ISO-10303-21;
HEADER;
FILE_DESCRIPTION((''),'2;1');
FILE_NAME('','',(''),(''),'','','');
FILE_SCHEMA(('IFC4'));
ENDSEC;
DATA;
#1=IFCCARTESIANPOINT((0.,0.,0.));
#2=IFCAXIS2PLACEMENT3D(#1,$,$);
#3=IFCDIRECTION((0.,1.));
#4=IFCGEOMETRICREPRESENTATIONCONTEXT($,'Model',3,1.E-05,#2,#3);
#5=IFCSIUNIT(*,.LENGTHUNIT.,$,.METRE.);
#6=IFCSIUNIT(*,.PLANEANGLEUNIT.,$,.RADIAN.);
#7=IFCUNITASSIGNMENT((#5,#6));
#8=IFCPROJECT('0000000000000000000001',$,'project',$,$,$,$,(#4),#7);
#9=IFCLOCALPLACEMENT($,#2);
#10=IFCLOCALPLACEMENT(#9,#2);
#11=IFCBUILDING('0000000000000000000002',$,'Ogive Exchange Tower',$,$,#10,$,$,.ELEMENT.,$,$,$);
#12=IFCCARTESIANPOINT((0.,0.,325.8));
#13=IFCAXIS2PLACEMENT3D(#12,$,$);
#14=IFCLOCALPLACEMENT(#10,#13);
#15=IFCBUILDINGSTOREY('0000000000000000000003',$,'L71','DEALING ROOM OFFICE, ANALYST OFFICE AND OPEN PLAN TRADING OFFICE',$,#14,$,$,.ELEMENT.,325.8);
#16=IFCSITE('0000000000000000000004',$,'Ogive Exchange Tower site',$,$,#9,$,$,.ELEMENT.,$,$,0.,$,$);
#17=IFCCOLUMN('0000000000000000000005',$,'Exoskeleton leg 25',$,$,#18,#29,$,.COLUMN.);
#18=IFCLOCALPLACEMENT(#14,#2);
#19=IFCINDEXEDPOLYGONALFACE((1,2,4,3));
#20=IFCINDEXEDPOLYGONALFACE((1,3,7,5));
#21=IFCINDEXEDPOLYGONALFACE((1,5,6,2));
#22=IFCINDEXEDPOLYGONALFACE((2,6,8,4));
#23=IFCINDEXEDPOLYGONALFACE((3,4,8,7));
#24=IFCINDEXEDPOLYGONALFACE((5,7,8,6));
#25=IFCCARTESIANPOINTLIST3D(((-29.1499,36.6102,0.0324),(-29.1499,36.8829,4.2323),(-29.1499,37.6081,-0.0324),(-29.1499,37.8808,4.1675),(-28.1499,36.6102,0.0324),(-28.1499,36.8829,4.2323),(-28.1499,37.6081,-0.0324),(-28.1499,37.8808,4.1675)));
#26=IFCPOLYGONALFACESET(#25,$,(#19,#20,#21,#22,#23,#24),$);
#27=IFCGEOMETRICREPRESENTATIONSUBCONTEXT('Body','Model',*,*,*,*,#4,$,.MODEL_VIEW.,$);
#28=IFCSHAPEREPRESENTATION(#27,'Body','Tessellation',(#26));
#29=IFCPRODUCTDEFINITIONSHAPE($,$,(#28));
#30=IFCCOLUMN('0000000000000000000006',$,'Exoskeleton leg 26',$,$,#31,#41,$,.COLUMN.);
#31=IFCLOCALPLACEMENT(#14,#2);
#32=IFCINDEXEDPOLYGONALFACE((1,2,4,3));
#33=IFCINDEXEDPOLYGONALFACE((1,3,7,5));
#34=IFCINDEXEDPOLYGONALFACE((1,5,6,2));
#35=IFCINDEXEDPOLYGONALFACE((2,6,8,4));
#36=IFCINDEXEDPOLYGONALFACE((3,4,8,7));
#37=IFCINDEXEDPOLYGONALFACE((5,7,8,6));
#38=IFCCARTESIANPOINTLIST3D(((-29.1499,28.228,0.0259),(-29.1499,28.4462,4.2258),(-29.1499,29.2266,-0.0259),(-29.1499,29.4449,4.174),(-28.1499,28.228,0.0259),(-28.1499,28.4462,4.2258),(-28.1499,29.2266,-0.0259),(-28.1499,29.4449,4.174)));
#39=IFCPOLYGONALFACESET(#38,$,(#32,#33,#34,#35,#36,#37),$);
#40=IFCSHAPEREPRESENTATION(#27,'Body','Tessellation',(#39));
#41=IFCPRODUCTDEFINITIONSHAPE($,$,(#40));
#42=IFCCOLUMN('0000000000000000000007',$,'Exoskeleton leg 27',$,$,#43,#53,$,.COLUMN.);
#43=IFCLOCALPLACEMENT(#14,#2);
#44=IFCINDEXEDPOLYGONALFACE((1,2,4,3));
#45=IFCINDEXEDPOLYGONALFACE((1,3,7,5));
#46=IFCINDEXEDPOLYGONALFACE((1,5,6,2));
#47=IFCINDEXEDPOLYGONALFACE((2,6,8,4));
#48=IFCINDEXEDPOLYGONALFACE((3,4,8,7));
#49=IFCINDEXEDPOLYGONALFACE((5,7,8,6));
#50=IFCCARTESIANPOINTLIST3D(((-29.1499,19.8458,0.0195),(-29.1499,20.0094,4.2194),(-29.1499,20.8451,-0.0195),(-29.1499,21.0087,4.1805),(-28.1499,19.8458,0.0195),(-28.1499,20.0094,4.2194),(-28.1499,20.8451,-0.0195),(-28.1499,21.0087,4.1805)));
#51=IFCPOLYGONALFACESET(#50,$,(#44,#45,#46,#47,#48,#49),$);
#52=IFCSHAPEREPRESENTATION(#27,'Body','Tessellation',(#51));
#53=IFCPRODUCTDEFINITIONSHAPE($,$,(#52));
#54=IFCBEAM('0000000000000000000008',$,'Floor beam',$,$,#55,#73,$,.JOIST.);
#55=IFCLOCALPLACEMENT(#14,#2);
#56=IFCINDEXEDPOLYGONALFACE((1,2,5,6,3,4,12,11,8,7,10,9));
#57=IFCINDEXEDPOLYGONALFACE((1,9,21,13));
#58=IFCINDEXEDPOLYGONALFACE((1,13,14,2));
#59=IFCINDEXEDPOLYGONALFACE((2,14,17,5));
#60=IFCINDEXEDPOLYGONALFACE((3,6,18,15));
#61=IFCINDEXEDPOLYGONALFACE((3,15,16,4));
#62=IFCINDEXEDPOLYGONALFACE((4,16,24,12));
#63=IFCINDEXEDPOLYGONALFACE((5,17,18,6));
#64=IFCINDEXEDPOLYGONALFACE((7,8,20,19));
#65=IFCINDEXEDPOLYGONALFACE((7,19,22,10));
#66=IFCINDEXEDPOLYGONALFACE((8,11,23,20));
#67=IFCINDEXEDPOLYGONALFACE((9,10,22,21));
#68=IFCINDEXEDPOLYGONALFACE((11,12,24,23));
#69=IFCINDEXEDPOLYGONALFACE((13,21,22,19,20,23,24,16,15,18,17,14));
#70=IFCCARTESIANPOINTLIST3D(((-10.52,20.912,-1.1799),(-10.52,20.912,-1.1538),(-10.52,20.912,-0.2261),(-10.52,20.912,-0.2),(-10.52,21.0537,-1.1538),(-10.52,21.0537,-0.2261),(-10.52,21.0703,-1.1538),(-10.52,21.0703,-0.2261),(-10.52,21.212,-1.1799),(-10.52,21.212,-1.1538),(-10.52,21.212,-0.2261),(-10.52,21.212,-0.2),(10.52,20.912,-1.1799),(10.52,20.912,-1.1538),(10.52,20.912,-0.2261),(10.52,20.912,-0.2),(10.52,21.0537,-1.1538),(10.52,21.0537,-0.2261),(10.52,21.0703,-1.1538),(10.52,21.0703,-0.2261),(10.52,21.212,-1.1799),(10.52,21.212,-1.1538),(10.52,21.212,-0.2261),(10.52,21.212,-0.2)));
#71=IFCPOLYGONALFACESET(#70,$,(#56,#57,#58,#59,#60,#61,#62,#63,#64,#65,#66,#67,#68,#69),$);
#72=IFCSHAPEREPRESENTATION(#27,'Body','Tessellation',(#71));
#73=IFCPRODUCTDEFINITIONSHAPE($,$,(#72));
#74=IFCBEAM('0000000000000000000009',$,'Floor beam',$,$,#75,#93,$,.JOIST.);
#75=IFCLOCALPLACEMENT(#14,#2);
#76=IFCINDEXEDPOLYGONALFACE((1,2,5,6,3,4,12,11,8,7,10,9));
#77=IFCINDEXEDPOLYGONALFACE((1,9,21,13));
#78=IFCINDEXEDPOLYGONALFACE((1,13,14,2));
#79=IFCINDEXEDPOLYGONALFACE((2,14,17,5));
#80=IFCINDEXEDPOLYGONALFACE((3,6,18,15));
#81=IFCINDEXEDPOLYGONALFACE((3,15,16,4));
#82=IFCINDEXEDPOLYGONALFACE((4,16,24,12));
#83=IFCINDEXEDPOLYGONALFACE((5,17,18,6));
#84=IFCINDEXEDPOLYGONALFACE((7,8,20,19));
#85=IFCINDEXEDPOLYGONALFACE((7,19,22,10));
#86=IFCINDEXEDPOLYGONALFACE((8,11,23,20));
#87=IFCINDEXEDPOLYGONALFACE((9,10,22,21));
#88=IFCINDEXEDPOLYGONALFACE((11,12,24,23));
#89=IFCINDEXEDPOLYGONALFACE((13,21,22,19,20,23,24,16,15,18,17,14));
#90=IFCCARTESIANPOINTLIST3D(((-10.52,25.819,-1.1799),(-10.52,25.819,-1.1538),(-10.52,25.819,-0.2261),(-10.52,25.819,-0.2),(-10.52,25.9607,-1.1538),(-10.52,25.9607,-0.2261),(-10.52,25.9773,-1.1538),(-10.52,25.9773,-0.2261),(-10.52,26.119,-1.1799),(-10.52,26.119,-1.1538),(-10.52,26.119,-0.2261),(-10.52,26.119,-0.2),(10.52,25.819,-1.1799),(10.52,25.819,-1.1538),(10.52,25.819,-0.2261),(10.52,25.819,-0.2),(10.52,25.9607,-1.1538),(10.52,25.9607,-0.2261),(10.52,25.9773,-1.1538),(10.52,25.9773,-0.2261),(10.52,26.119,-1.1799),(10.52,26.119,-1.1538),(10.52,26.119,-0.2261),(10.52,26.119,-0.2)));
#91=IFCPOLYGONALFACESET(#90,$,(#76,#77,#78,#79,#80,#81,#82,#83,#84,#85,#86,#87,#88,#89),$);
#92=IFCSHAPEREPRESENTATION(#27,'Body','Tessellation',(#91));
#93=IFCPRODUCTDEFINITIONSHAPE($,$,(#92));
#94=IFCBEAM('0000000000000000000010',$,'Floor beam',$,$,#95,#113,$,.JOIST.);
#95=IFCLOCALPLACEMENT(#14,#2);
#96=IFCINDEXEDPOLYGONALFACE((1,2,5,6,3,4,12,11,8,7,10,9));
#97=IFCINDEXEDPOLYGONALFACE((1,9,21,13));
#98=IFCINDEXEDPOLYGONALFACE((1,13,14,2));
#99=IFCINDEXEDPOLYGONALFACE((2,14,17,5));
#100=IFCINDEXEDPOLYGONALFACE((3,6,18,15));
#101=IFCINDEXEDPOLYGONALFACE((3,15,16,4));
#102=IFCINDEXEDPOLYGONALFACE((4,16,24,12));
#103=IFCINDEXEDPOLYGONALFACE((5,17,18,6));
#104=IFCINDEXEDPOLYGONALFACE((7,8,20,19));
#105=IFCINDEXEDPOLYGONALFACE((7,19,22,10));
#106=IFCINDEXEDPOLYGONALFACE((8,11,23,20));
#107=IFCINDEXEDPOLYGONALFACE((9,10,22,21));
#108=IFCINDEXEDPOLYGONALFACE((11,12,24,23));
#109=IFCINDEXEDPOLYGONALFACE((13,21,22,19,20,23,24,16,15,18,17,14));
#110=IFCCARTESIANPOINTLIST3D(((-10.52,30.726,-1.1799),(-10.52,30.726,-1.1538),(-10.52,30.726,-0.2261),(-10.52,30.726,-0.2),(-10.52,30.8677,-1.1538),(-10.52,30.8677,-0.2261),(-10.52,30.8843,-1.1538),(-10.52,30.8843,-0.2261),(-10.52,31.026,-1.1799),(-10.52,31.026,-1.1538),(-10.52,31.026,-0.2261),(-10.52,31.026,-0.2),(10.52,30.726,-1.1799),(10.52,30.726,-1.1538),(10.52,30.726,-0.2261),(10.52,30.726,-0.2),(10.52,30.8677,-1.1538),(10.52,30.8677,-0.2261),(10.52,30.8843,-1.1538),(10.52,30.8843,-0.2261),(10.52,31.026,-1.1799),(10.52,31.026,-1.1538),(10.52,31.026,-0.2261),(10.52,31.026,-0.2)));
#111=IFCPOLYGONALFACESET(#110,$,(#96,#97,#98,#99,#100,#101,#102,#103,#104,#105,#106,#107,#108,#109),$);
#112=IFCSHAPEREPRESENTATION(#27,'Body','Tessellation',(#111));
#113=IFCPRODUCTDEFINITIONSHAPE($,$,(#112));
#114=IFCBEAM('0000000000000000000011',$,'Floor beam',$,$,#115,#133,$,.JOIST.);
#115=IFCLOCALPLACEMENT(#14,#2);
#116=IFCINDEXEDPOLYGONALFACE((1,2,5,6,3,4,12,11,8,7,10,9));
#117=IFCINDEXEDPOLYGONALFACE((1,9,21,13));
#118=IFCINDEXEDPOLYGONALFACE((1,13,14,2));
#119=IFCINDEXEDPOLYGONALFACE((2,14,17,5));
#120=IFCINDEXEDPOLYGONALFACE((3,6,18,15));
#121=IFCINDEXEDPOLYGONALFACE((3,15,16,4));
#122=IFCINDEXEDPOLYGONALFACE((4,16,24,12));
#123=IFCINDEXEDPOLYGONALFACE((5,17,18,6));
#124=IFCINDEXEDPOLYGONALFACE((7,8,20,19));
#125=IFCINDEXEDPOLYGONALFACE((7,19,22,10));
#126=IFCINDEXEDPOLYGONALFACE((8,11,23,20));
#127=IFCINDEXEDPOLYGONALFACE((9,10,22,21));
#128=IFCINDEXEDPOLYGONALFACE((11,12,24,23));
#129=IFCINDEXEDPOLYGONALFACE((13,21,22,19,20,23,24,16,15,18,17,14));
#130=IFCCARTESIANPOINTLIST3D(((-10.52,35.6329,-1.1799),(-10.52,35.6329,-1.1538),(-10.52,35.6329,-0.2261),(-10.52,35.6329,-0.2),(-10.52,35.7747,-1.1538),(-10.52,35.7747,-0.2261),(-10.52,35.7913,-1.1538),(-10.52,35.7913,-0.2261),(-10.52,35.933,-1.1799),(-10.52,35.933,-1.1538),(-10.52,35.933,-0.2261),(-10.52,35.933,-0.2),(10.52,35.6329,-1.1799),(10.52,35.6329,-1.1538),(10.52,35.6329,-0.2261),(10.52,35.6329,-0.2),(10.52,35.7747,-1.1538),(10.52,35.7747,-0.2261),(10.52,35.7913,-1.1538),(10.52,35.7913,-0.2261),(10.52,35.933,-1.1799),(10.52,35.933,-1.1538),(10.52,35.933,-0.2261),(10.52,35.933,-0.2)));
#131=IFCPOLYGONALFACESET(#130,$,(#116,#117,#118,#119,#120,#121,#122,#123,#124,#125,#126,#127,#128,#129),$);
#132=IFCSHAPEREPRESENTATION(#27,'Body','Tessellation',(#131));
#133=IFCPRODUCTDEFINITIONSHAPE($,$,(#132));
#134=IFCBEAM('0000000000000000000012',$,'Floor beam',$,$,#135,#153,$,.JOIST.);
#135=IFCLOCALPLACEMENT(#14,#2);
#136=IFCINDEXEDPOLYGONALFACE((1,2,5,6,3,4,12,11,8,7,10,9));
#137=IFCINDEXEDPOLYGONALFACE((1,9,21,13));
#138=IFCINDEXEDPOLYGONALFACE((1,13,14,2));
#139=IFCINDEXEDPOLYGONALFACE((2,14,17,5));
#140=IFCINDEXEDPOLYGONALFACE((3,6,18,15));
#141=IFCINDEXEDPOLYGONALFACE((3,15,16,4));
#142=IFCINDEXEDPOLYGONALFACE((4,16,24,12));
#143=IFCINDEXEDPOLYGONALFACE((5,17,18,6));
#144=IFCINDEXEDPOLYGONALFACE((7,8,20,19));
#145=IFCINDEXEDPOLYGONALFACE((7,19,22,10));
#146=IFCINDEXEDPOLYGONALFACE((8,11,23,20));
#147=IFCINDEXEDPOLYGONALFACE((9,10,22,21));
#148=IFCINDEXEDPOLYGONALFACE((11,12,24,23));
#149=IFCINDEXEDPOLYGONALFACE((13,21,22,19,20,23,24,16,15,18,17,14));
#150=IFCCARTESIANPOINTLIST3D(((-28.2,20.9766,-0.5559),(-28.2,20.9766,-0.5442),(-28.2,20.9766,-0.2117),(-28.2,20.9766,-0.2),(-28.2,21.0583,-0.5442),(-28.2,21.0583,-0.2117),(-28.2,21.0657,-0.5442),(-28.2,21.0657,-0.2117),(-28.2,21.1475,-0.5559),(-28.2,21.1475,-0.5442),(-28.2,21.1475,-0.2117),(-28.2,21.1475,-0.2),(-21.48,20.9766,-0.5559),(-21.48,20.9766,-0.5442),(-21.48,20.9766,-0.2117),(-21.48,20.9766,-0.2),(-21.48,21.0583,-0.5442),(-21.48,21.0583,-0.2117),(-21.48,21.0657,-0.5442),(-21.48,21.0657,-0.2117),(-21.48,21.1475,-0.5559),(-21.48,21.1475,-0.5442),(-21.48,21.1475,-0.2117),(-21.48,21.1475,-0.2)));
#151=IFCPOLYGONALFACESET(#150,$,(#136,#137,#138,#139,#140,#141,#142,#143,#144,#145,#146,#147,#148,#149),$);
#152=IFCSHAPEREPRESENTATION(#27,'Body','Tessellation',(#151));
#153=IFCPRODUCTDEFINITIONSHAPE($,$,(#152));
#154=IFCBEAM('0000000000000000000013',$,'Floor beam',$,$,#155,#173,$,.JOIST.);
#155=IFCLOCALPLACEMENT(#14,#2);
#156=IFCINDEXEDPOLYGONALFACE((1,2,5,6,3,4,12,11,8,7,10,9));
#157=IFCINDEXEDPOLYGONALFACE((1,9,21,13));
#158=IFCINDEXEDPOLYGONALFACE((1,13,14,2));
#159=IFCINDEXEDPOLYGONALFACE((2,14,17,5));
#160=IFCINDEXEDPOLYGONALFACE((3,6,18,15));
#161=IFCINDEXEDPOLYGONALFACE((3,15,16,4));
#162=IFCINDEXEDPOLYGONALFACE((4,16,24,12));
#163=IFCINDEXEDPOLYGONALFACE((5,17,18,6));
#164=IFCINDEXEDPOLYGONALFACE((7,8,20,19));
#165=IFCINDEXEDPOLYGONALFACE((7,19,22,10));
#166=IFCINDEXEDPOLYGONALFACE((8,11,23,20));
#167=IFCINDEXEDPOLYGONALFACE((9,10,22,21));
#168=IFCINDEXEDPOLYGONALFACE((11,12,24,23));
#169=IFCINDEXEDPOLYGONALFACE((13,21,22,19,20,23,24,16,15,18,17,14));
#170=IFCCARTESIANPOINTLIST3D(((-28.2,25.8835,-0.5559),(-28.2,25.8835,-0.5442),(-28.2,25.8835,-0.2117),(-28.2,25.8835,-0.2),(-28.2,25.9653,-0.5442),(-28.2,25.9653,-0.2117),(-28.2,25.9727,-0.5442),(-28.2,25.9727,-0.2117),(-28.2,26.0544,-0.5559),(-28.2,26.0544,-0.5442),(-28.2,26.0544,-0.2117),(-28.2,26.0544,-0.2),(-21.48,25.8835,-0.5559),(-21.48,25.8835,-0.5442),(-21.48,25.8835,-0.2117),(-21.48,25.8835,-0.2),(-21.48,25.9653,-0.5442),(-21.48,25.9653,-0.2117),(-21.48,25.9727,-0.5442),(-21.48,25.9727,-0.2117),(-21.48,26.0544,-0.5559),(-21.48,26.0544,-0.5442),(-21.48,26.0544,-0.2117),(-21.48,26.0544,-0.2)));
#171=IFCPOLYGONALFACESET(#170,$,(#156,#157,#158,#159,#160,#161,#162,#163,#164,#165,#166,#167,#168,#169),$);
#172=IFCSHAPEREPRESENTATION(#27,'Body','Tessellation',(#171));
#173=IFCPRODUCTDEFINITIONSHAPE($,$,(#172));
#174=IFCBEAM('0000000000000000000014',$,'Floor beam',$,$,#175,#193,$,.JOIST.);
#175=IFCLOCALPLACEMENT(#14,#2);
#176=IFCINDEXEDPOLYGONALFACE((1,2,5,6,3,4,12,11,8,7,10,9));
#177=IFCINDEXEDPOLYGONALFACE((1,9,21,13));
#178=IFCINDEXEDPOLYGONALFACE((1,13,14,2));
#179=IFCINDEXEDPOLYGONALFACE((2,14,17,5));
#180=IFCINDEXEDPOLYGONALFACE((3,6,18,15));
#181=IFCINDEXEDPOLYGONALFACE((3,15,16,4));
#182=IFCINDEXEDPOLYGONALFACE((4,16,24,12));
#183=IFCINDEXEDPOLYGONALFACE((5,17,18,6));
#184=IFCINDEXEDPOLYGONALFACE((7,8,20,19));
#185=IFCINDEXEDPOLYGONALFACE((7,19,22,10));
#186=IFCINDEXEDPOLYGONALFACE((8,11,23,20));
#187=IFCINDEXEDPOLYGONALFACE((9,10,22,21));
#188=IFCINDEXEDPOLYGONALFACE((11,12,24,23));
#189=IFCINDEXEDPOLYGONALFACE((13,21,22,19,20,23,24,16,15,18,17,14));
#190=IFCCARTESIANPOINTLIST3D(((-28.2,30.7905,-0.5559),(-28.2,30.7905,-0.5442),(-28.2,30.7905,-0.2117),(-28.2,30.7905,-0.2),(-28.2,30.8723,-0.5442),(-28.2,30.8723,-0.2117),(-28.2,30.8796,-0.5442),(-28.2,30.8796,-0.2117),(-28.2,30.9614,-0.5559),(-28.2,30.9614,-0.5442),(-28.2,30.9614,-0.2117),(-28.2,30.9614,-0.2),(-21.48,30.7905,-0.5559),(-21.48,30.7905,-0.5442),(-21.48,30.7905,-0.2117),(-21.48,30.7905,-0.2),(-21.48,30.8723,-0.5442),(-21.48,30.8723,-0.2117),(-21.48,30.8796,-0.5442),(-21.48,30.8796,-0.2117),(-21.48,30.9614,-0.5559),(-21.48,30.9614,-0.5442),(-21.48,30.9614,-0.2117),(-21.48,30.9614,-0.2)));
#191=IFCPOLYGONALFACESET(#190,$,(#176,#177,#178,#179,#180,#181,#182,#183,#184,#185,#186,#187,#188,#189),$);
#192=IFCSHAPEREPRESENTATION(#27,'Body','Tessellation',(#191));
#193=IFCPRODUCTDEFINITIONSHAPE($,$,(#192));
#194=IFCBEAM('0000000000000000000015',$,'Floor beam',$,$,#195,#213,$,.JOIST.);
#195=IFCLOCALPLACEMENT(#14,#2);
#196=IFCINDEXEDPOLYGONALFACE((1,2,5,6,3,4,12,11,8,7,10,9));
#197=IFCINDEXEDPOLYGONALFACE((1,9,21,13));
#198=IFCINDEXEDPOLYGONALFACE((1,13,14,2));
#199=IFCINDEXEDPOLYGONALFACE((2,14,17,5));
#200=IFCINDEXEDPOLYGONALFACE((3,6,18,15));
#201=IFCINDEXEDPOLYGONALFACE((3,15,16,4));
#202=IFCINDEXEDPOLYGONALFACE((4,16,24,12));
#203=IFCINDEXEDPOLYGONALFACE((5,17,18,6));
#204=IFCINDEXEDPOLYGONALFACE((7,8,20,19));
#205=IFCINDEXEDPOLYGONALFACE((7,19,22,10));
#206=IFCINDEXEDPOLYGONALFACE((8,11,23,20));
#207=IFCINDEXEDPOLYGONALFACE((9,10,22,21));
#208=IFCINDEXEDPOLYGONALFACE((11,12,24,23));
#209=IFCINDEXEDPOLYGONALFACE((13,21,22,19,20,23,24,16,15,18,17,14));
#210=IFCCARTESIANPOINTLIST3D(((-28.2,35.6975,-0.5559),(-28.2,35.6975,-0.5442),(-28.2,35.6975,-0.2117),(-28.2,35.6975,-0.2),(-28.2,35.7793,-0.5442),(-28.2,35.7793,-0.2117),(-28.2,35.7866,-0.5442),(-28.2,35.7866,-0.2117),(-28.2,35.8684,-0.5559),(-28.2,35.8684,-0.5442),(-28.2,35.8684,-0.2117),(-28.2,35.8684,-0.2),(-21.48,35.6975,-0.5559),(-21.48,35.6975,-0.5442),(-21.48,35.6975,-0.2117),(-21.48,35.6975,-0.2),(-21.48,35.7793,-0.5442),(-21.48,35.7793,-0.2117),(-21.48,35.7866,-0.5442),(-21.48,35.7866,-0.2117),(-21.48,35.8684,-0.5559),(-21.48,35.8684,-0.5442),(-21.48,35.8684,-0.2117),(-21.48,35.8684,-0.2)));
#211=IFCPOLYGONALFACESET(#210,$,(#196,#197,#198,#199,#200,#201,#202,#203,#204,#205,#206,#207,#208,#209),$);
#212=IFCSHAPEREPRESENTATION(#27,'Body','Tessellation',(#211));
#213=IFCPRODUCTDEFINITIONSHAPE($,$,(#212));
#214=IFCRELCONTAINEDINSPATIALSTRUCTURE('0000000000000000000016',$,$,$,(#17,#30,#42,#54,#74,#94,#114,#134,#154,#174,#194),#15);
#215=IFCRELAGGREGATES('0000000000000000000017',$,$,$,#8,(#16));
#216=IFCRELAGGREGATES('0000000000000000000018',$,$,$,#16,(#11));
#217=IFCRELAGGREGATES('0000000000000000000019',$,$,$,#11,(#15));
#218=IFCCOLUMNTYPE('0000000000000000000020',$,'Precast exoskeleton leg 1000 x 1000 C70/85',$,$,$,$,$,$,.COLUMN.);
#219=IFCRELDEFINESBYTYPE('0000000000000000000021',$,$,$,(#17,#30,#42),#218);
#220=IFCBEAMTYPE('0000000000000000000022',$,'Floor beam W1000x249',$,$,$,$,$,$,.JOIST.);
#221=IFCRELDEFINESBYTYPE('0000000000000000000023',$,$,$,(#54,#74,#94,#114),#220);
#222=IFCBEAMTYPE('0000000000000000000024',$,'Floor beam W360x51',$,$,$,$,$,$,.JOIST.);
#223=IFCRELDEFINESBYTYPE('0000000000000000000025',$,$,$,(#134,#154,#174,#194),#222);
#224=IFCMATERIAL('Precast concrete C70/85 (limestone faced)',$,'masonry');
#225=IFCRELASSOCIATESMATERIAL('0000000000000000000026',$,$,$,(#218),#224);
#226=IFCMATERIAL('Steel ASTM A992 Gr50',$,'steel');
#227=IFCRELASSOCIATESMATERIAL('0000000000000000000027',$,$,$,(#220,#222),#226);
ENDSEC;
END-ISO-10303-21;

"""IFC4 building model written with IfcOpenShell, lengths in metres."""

from ifc_helpers import new_model, si_unit, direction, frame, origin, origin_2d, place, context, subcontext, project, spatial, rectangle, i_section, extrude, material, material_profile, profile_set, type_object, element, save


model = new_model("IFC4")

# Units and contexts
model_context = context("Model", 3, precision=1e-05, world=origin(), true_north=direction((0.0, 1.0)))
body_context = subcontext(model_context, "Body", "Model", "MODEL_VIEW")
ifc_project = project(units=[si_unit("LENGTHUNIT", "METRE"), si_unit("PLANEANGLEUNIT", "RADIAN")], contexts=[model_context])

# Site, building, storey
site_placement = place(None, origin())
site = spatial("IfcSite", under=ifc_project, at=site_placement, Name="Ogive Exchange Tower site", CompositionType="ELEMENT", RefElevation=0.0)
building_placement = place(site_placement, origin())
building = spatial("IfcBuilding", under=site, at=building_placement, Name="Ogive Exchange Tower", CompositionType="ELEMENT")
storey_placement = place(building_placement, frame((0.0, 0.0, 325.8)))
storey = spatial("IfcBuildingStorey", under=building, at=storey_placement, Name="L71", Description="DEALING ROOM OFFICE, ANALYST OFFICE AND OPEN PLAN TRADING OFFICE", CompositionType="ELEMENT", Elevation=325.8)

# Columns
ifc_material_1 = material(Name="Precast concrete C70/85 (limestone faced)", Category="masonry")
ifc_material_profile_1 = material_profile(ifc_material_1, rectangle(XDim=1.0, YDim=1.0, at=origin_2d()), Name="1000 x 1000")
ifc_profile_set_1 = profile_set([ifc_material_profile_1], Name="Precast concrete C70/85 (limestone faced)")
column_type = type_object("IfcColumnType", Name="Precast exoskeleton leg 1000 x 1000 C70/85", PredefinedType="COLUMN", material=ifc_profile_set_1)
column_1_placement = place(storey_placement, frame((-28.6499, 37.1091, 0.0), z_axis=(0.0, 0.064794, 0.997899), x_axis=(-1.0, 0.0, 0.0)))
element("IfcColumn", 1, at=column_1_placement, inside=storey, type_object=column_type, Name="Exoskeleton leg 25", PredefinedType="COLUMN", context=body_context, shape_type="SweptSolid", body=[
    extrude(rectangle(XDim=1.0, YDim=1.0, at=origin_2d()), origin(), (0.0, 0.0, 1.0), 4.2087),
])
column_2_placement = place(storey_placement, frame((-28.6499, 28.7273, 0.0), z_axis=(0.0, 0.051898, 0.998652), x_axis=(-1.0, 0.0, 0.0)))
element("IfcColumn", 2, at=column_2_placement, inside=storey, type_object=column_type, Name="Exoskeleton leg 26", PredefinedType="COLUMN", context=body_context, shape_type="SweptSolid", body=[
    extrude(rectangle(XDim=1.0, YDim=1.0, at=origin_2d()), origin(), (0.0, 0.0, 1.0), 4.2056),
])
column_3_placement = place(storey_placement, frame((-28.6499, 20.3455, 0.0), z_axis=(0.0, 0.038917, 0.999242), x_axis=(-1.0, 0.0, 0.0)))
element("IfcColumn", 3, at=column_3_placement, inside=storey, type_object=column_type, Name="Exoskeleton leg 27", PredefinedType="COLUMN", context=body_context, shape_type="SweptSolid", body=[
    extrude(rectangle(XDim=1.0, YDim=1.0, at=origin_2d()), origin(), (0.0, 0.0, 1.0), 4.2031),
])

# Beams
ifc_material_2 = material(Name="Steel ASTM A992 Gr50", Category="steel")
ifc_material_profile_2 = material_profile(ifc_material_2, i_section(OverallWidth=0.3, OverallDepth=0.98, WebThickness=0.0166, FlangeThickness=0.0261, at=origin_2d()), Name="W1000x249")
ifc_profile_set_2 = profile_set([ifc_material_profile_2], Name="Steel ASTM A992 Gr50")
beam_type_1 = type_object("IfcBeamType", Name="Floor beam W1000x249", PredefinedType="JOIST", material=ifc_profile_set_2)
for number, where, z_axis, x_axis, name in (
    (4, (-10.52, 21.062, -0.6899), (1.0, 0.0, 0.0), (0.0, 1.0, 0.0), "Floor beam"),
    (5, (-10.52, 25.969, -0.6899), (1.0, 0.0, 0.0), (0.0, 1.0, 0.0), "Floor beam"),
    (6, (-10.52, 30.876, -0.6899), (1.0, 0.0, 0.0), (0.0, 1.0, 0.0), "Floor beam"),
    (7, (-10.52, 35.783, -0.6899), (1.0, 0.0, 0.0), (0.0, 1.0, 0.0), "Floor beam"),
):
    element("IfcBeam", number, at=place(storey_placement, frame(where, z_axis=z_axis, x_axis=x_axis)), inside=storey, type_object=beam_type_1, Name=name, PredefinedType="JOIST", context=body_context, shape_type="SweptSolid", body=[
        extrude(i_section(OverallWidth=0.3, OverallDepth=0.98, WebThickness=0.0166, FlangeThickness=0.0261, at=origin_2d()), origin(), (0.0, 0.0, 1.0), 21.04),
    ])
ifc_material_profile_3 = material_profile(ifc_material_2, i_section(OverallWidth=0.1709, OverallDepth=0.356, WebThickness=0.0073, FlangeThickness=0.0117, at=origin_2d()), Name="W360x51")
ifc_profile_set_3 = profile_set([ifc_material_profile_3], Name="Steel ASTM A992 Gr50")
beam_type_2 = type_object("IfcBeamType", Name="Floor beam W360x51", PredefinedType="JOIST", material=ifc_profile_set_3)
for number, where, z_axis, x_axis, name in (
    (8, (-28.2, 21.062, -0.3779), (1.0, 0.0, 0.0), (0.0, 1.0, 0.0), "Floor beam"),
    (9, (-28.2, 25.969, -0.3779), (1.0, 0.0, 0.0), (0.0, 1.0, 0.0), "Floor beam"),
    (10, (-28.2, 30.876, -0.3779), (1.0, 0.0, 0.0), (0.0, 1.0, 0.0), "Floor beam"),
    (11, (-28.2, 35.783, -0.3779), (1.0, 0.0, 0.0), (0.0, 1.0, 0.0), "Floor beam"),
):
    element("IfcBeam", number, at=place(storey_placement, frame(where, z_axis=z_axis, x_axis=x_axis)), inside=storey, type_object=beam_type_2, Name=name, PredefinedType="JOIST", context=body_context, shape_type="SweptSolid", body=[
        extrude(i_section(OverallWidth=0.1709, OverallDepth=0.356, WebThickness=0.0073, FlangeThickness=0.0117, at=origin_2d()), origin(), (0.0, 0.0, 1.0), 6.72),
    ])

save(model, "model.ifc")
